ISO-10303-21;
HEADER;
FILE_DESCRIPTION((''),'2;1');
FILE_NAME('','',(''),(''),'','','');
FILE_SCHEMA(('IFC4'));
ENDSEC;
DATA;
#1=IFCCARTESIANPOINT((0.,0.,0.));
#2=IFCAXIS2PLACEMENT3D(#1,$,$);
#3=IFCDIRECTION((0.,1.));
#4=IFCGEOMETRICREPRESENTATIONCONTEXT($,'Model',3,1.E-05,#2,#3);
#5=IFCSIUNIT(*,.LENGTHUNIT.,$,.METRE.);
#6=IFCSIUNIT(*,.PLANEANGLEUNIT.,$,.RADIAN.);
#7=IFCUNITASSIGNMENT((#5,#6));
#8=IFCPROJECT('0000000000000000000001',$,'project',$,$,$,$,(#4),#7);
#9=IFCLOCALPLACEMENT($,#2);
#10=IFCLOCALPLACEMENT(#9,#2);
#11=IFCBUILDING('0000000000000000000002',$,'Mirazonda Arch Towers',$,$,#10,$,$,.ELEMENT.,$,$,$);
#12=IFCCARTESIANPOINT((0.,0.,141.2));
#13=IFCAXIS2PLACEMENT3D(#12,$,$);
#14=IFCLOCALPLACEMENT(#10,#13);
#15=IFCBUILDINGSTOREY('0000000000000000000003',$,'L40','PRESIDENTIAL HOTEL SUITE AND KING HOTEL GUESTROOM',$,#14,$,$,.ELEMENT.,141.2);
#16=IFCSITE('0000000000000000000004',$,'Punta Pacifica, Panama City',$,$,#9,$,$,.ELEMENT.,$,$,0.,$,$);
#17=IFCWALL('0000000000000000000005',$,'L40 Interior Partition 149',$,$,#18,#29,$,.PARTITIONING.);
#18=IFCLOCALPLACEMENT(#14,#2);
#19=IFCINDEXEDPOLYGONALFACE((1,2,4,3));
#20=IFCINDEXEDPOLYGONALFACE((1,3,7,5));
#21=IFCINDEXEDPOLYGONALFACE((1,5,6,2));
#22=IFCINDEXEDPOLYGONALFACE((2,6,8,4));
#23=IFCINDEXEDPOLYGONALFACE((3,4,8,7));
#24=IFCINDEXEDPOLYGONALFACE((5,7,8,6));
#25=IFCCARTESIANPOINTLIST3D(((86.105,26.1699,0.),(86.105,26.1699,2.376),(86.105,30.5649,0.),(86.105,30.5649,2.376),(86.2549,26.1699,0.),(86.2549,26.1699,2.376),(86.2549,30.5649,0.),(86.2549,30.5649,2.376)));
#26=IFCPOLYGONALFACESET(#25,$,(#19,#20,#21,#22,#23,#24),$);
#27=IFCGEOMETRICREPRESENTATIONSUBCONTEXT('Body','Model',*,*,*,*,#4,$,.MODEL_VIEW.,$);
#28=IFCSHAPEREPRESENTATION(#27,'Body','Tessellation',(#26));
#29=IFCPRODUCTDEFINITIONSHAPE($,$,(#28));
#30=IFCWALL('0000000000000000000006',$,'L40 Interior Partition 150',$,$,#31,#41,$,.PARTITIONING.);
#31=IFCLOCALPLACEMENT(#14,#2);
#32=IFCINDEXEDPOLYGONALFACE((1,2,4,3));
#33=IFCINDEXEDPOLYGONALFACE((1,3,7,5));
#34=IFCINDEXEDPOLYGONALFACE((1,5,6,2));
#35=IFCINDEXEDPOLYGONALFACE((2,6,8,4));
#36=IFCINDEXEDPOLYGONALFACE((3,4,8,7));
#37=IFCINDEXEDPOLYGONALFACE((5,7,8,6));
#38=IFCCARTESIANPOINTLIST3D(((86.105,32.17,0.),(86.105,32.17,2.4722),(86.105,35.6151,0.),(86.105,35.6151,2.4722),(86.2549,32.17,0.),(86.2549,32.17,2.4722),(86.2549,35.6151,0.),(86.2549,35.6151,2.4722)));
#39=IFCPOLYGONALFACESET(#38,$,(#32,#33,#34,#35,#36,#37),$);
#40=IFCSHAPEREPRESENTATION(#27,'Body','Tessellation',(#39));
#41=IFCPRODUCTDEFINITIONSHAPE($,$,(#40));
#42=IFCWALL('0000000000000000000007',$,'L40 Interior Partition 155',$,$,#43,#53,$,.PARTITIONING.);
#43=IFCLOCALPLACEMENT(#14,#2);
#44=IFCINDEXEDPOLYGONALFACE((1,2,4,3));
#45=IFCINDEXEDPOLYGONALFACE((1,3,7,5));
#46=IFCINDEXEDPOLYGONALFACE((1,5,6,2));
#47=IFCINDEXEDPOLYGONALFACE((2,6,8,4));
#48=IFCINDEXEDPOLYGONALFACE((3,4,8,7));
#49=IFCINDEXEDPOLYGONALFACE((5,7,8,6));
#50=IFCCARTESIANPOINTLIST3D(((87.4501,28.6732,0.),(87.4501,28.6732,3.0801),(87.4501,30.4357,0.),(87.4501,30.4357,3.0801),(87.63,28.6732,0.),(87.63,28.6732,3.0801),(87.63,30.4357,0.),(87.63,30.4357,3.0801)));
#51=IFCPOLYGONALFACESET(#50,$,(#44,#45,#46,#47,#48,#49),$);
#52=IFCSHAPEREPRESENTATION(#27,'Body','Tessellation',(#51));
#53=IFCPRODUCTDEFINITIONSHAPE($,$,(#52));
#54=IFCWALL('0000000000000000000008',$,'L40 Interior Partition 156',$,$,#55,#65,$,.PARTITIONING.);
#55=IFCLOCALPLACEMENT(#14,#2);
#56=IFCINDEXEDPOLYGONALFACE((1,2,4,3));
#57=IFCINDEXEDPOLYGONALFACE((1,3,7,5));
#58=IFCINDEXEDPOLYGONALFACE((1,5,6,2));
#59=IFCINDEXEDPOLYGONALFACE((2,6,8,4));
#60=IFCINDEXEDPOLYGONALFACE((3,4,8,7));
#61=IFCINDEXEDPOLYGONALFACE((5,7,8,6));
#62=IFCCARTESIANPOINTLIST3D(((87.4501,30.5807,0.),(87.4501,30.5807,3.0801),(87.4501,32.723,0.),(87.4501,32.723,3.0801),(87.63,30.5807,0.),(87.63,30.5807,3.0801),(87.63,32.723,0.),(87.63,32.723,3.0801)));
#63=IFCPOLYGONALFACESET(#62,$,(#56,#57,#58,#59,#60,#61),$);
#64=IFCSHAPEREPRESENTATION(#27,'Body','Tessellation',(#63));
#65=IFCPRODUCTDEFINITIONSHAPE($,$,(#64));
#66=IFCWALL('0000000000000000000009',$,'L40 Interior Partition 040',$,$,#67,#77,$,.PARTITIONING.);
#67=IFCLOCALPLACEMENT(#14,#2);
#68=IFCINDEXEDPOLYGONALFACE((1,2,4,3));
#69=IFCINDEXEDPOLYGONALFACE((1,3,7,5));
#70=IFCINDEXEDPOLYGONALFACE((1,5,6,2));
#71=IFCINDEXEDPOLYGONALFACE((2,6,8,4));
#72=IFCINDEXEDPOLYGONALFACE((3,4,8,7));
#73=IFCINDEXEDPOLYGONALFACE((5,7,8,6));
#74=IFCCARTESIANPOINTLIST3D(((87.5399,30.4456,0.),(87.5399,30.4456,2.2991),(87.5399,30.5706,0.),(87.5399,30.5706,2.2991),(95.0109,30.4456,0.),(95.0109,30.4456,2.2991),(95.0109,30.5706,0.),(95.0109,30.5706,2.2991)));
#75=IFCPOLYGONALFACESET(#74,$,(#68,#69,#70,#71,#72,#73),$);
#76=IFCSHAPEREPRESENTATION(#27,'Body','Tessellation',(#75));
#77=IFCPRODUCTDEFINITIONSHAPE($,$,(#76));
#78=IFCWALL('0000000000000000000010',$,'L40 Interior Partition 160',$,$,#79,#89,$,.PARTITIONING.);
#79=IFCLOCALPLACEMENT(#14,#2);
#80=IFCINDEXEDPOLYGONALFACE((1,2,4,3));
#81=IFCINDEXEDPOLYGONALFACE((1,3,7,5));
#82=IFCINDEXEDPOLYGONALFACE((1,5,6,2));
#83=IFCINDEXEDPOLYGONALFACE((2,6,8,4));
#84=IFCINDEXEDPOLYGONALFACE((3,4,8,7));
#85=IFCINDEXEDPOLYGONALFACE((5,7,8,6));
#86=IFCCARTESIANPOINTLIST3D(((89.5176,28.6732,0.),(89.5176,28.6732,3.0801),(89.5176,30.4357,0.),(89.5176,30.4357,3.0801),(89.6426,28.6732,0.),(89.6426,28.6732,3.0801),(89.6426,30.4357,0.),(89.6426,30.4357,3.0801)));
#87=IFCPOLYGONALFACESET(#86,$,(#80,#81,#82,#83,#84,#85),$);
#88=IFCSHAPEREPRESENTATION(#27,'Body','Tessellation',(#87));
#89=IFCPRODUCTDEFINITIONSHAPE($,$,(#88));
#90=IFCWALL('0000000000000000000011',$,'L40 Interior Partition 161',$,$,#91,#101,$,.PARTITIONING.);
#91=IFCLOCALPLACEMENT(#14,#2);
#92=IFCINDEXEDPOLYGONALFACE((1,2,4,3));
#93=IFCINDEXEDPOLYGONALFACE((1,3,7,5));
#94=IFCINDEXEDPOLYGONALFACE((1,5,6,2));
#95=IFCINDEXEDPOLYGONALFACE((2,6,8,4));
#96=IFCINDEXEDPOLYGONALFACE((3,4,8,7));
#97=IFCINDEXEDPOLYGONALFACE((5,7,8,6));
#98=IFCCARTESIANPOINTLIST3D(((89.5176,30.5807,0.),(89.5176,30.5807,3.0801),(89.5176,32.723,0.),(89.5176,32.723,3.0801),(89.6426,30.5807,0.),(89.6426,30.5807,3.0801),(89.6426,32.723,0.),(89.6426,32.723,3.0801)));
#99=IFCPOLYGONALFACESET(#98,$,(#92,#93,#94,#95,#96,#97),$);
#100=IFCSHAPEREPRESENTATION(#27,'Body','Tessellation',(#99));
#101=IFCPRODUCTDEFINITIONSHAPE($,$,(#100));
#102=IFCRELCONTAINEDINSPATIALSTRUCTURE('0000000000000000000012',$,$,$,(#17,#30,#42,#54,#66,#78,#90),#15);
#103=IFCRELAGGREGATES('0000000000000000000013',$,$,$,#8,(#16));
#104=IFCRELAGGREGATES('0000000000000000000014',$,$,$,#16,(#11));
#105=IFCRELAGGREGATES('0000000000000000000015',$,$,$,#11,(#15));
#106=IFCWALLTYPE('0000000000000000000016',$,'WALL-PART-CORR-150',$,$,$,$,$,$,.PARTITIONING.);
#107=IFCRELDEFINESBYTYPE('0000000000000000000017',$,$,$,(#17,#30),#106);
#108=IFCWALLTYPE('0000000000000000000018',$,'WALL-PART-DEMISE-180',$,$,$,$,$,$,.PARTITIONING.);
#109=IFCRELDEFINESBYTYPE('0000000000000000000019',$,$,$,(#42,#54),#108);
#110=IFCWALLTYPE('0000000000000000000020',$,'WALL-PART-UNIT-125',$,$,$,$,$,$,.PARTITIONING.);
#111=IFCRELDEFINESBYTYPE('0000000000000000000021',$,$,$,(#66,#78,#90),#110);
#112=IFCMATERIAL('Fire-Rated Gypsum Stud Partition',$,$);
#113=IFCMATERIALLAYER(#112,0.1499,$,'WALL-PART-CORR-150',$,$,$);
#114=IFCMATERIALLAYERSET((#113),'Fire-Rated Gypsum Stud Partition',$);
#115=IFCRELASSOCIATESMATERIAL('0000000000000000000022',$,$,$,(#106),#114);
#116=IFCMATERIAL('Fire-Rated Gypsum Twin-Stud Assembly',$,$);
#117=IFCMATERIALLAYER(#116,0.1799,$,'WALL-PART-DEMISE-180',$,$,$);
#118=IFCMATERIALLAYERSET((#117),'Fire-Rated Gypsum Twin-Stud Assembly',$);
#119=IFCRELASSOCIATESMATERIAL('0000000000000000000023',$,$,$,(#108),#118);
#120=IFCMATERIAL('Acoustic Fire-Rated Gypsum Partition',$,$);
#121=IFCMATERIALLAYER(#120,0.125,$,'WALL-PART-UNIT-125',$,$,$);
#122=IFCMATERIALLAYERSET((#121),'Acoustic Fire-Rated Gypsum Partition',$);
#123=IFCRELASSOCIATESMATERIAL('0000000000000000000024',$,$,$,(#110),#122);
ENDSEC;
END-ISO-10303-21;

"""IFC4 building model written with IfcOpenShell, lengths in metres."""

from ifc_helpers import new_model, si_unit, direction, frame, frame_2d, origin, place, context, subcontext, project, spatial, rectangle, extrude, material, layer, layer_set, type_object, element, save


model = new_model("IFC4")

# Units and contexts
model_context = context("Model", 3, precision=1e-05, world=origin(), true_north=direction((0.0, 1.0)))
body_context = subcontext(model_context, "Body", "Model", "MODEL_VIEW")
ifc_project = project(units=[si_unit("LENGTHUNIT", "METRE"), si_unit("PLANEANGLEUNIT", "RADIAN")], contexts=[model_context])

# Site, building, storey
site_placement = place(None, origin())
site = spatial("IfcSite", under=ifc_project, at=site_placement, Name="Punta Pacifica, Panama City", CompositionType="ELEMENT", RefElevation=0.0)
building_placement = place(site_placement, origin())
building = spatial("IfcBuilding", under=site, at=building_placement, Name="Mirazonda Arch Towers", CompositionType="ELEMENT")
storey_placement = place(building_placement, frame((0.0, 0.0, 141.2)))
storey = spatial("IfcBuildingStorey", under=building, at=storey_placement, Name="L40", Description="PRESIDENTIAL HOTEL SUITE AND KING HOTEL GUESTROOM", CompositionType="ELEMENT", Elevation=141.2)

# Shared definitions
ifc_material_1 = material(Name="Fire-Rated Gypsum Stud Partition")
ifc_layer_1 = layer(ifc_material_1, 0.1499, Name="WALL-PART-CORR-150")
ifc_layer_set_1 = layer_set([ifc_layer_1], Name="Fire-Rated Gypsum Stud Partition")
wall_type_1 = type_object("IfcWallType", Name="WALL-PART-CORR-150", PredefinedType="PARTITIONING", material=ifc_layer_set_1)

# Walls
wall_1_placement = place(storey_placement, frame((86.1799, 26.1699, 0.0), z_axis=(0.0, 0.0, 1.0), x_axis=(0.0, 1.0, 0.0)))
element("IfcWall", 1, at=wall_1_placement, inside=storey, type_object=wall_type_1, Name="L40 Interior Partition 149", PredefinedType="PARTITIONING", context=body_context, shape_type="SweptSolid", body=[
    extrude(rectangle(XDim=4.395, YDim=0.1499, at=frame_2d((2.1975, 0.0))), origin(), (0.0, 0.0, 1.0), 2.376),
])
wall_2_placement = place(storey_placement, frame((86.1799, 32.1699, 0.0), z_axis=(0.0, 0.0, 1.0), x_axis=(0.0, 1.0, 0.0)))
element("IfcWall", 2, at=wall_2_placement, inside=storey, type_object=wall_type_1, Name="L40 Interior Partition 150", PredefinedType="PARTITIONING", context=body_context, shape_type="SweptSolid", body=[
    extrude(rectangle(XDim=3.4451, YDim=0.1499, at=frame_2d((1.7227, 0.0))), origin(), (0.0, 0.0, 1.0), 2.4722),
])
ifc_material_2 = material(Name="Fire-Rated Gypsum Twin-Stud Assembly")
ifc_layer_2 = layer(ifc_material_2, 0.1799, Name="WALL-PART-DEMISE-180")
ifc_layer_set_2 = layer_set([ifc_layer_2], Name="Fire-Rated Gypsum Twin-Stud Assembly")
wall_type_2 = type_object("IfcWallType", Name="WALL-PART-DEMISE-180", PredefinedType="PARTITIONING", material=ifc_layer_set_2)
wall_3_placement = place(storey_placement, frame((87.54, 28.6731, 0.0), z_axis=(0.0, 0.0, 1.0), x_axis=(0.0, 1.0, 0.0)))
element("IfcWall", 3, at=wall_3_placement, inside=storey, type_object=wall_type_2, Name="L40 Interior Partition 155", PredefinedType="PARTITIONING", context=body_context, shape_type="SweptSolid", body=[
    extrude(rectangle(XDim=1.7625, YDim=0.1799, at=frame_2d((0.8813, 0.0))), origin(), (0.0, 0.0, 1.0), 3.0801),
])
wall_4_placement = place(storey_placement, frame((87.54, 30.5806, 0.0), z_axis=(0.0, 0.0, 1.0), x_axis=(0.0, 1.0, 0.0)))
element("IfcWall", 4, at=wall_4_placement, inside=storey, type_object=wall_type_2, Name="L40 Interior Partition 156", PredefinedType="PARTITIONING", context=body_context, shape_type="SweptSolid", body=[
    extrude(rectangle(XDim=2.1423, YDim=0.1799, at=frame_2d((1.0713, 0.0))), origin(), (0.0, 0.0, 1.0), 3.0801),
])
ifc_material_3 = material(Name="Acoustic Fire-Rated Gypsum Partition")
ifc_layer_3 = layer(ifc_material_3, 0.125, Name="WALL-PART-UNIT-125")
ifc_layer_set_3 = layer_set([ifc_layer_3], Name="Acoustic Fire-Rated Gypsum Partition")
wall_type_3 = type_object("IfcWallType", Name="WALL-PART-UNIT-125", PredefinedType="PARTITIONING", material=ifc_layer_set_3)
wall_5_placement = place(storey_placement, frame((87.54, 30.5081, 0.0), z_axis=(0.0, 0.0, 1.0), x_axis=(1.0, 0.0, 0.0)))
element("IfcWall", 5, at=wall_5_placement, inside=storey, type_object=wall_type_3, Name="L40 Interior Partition 040", PredefinedType="PARTITIONING", context=body_context, shape_type="SweptSolid", body=[
    extrude(rectangle(XDim=7.4709, YDim=0.125, at=frame_2d((3.7354, 0.0))), origin(), (0.0, 0.0, 1.0), 2.2991),
])
wall_6_placement = place(storey_placement, frame((89.5801, 28.6731, 0.0), z_axis=(0.0, 0.0, 1.0), x_axis=(0.0, 1.0, 0.0)))
element("IfcWall", 6, at=wall_6_placement, inside=storey, type_object=wall_type_3, Name="L40 Interior Partition 160", PredefinedType="PARTITIONING", context=body_context, shape_type="SweptSolid", body=[
    extrude(rectangle(XDim=1.7625, YDim=0.125, at=frame_2d((0.8813, 0.0))), origin(), (0.0, 0.0, 1.0), 3.0801),
])
wall_7_placement = place(storey_placement, frame((89.5801, 30.5806, 0.0), z_axis=(0.0, 0.0, 1.0), x_axis=(0.0, 1.0, 0.0)))
element("IfcWall", 7, at=wall_7_placement, inside=storey, type_object=wall_type_3, Name="L40 Interior Partition 161", PredefinedType="PARTITIONING", context=body_context, shape_type="SweptSolid", body=[
    extrude(rectangle(XDim=2.1423, YDim=0.125, at=frame_2d((1.0713, 0.0))), origin(), (0.0, 0.0, 1.0), 3.0801),
])

save(model, "model.ifc")
